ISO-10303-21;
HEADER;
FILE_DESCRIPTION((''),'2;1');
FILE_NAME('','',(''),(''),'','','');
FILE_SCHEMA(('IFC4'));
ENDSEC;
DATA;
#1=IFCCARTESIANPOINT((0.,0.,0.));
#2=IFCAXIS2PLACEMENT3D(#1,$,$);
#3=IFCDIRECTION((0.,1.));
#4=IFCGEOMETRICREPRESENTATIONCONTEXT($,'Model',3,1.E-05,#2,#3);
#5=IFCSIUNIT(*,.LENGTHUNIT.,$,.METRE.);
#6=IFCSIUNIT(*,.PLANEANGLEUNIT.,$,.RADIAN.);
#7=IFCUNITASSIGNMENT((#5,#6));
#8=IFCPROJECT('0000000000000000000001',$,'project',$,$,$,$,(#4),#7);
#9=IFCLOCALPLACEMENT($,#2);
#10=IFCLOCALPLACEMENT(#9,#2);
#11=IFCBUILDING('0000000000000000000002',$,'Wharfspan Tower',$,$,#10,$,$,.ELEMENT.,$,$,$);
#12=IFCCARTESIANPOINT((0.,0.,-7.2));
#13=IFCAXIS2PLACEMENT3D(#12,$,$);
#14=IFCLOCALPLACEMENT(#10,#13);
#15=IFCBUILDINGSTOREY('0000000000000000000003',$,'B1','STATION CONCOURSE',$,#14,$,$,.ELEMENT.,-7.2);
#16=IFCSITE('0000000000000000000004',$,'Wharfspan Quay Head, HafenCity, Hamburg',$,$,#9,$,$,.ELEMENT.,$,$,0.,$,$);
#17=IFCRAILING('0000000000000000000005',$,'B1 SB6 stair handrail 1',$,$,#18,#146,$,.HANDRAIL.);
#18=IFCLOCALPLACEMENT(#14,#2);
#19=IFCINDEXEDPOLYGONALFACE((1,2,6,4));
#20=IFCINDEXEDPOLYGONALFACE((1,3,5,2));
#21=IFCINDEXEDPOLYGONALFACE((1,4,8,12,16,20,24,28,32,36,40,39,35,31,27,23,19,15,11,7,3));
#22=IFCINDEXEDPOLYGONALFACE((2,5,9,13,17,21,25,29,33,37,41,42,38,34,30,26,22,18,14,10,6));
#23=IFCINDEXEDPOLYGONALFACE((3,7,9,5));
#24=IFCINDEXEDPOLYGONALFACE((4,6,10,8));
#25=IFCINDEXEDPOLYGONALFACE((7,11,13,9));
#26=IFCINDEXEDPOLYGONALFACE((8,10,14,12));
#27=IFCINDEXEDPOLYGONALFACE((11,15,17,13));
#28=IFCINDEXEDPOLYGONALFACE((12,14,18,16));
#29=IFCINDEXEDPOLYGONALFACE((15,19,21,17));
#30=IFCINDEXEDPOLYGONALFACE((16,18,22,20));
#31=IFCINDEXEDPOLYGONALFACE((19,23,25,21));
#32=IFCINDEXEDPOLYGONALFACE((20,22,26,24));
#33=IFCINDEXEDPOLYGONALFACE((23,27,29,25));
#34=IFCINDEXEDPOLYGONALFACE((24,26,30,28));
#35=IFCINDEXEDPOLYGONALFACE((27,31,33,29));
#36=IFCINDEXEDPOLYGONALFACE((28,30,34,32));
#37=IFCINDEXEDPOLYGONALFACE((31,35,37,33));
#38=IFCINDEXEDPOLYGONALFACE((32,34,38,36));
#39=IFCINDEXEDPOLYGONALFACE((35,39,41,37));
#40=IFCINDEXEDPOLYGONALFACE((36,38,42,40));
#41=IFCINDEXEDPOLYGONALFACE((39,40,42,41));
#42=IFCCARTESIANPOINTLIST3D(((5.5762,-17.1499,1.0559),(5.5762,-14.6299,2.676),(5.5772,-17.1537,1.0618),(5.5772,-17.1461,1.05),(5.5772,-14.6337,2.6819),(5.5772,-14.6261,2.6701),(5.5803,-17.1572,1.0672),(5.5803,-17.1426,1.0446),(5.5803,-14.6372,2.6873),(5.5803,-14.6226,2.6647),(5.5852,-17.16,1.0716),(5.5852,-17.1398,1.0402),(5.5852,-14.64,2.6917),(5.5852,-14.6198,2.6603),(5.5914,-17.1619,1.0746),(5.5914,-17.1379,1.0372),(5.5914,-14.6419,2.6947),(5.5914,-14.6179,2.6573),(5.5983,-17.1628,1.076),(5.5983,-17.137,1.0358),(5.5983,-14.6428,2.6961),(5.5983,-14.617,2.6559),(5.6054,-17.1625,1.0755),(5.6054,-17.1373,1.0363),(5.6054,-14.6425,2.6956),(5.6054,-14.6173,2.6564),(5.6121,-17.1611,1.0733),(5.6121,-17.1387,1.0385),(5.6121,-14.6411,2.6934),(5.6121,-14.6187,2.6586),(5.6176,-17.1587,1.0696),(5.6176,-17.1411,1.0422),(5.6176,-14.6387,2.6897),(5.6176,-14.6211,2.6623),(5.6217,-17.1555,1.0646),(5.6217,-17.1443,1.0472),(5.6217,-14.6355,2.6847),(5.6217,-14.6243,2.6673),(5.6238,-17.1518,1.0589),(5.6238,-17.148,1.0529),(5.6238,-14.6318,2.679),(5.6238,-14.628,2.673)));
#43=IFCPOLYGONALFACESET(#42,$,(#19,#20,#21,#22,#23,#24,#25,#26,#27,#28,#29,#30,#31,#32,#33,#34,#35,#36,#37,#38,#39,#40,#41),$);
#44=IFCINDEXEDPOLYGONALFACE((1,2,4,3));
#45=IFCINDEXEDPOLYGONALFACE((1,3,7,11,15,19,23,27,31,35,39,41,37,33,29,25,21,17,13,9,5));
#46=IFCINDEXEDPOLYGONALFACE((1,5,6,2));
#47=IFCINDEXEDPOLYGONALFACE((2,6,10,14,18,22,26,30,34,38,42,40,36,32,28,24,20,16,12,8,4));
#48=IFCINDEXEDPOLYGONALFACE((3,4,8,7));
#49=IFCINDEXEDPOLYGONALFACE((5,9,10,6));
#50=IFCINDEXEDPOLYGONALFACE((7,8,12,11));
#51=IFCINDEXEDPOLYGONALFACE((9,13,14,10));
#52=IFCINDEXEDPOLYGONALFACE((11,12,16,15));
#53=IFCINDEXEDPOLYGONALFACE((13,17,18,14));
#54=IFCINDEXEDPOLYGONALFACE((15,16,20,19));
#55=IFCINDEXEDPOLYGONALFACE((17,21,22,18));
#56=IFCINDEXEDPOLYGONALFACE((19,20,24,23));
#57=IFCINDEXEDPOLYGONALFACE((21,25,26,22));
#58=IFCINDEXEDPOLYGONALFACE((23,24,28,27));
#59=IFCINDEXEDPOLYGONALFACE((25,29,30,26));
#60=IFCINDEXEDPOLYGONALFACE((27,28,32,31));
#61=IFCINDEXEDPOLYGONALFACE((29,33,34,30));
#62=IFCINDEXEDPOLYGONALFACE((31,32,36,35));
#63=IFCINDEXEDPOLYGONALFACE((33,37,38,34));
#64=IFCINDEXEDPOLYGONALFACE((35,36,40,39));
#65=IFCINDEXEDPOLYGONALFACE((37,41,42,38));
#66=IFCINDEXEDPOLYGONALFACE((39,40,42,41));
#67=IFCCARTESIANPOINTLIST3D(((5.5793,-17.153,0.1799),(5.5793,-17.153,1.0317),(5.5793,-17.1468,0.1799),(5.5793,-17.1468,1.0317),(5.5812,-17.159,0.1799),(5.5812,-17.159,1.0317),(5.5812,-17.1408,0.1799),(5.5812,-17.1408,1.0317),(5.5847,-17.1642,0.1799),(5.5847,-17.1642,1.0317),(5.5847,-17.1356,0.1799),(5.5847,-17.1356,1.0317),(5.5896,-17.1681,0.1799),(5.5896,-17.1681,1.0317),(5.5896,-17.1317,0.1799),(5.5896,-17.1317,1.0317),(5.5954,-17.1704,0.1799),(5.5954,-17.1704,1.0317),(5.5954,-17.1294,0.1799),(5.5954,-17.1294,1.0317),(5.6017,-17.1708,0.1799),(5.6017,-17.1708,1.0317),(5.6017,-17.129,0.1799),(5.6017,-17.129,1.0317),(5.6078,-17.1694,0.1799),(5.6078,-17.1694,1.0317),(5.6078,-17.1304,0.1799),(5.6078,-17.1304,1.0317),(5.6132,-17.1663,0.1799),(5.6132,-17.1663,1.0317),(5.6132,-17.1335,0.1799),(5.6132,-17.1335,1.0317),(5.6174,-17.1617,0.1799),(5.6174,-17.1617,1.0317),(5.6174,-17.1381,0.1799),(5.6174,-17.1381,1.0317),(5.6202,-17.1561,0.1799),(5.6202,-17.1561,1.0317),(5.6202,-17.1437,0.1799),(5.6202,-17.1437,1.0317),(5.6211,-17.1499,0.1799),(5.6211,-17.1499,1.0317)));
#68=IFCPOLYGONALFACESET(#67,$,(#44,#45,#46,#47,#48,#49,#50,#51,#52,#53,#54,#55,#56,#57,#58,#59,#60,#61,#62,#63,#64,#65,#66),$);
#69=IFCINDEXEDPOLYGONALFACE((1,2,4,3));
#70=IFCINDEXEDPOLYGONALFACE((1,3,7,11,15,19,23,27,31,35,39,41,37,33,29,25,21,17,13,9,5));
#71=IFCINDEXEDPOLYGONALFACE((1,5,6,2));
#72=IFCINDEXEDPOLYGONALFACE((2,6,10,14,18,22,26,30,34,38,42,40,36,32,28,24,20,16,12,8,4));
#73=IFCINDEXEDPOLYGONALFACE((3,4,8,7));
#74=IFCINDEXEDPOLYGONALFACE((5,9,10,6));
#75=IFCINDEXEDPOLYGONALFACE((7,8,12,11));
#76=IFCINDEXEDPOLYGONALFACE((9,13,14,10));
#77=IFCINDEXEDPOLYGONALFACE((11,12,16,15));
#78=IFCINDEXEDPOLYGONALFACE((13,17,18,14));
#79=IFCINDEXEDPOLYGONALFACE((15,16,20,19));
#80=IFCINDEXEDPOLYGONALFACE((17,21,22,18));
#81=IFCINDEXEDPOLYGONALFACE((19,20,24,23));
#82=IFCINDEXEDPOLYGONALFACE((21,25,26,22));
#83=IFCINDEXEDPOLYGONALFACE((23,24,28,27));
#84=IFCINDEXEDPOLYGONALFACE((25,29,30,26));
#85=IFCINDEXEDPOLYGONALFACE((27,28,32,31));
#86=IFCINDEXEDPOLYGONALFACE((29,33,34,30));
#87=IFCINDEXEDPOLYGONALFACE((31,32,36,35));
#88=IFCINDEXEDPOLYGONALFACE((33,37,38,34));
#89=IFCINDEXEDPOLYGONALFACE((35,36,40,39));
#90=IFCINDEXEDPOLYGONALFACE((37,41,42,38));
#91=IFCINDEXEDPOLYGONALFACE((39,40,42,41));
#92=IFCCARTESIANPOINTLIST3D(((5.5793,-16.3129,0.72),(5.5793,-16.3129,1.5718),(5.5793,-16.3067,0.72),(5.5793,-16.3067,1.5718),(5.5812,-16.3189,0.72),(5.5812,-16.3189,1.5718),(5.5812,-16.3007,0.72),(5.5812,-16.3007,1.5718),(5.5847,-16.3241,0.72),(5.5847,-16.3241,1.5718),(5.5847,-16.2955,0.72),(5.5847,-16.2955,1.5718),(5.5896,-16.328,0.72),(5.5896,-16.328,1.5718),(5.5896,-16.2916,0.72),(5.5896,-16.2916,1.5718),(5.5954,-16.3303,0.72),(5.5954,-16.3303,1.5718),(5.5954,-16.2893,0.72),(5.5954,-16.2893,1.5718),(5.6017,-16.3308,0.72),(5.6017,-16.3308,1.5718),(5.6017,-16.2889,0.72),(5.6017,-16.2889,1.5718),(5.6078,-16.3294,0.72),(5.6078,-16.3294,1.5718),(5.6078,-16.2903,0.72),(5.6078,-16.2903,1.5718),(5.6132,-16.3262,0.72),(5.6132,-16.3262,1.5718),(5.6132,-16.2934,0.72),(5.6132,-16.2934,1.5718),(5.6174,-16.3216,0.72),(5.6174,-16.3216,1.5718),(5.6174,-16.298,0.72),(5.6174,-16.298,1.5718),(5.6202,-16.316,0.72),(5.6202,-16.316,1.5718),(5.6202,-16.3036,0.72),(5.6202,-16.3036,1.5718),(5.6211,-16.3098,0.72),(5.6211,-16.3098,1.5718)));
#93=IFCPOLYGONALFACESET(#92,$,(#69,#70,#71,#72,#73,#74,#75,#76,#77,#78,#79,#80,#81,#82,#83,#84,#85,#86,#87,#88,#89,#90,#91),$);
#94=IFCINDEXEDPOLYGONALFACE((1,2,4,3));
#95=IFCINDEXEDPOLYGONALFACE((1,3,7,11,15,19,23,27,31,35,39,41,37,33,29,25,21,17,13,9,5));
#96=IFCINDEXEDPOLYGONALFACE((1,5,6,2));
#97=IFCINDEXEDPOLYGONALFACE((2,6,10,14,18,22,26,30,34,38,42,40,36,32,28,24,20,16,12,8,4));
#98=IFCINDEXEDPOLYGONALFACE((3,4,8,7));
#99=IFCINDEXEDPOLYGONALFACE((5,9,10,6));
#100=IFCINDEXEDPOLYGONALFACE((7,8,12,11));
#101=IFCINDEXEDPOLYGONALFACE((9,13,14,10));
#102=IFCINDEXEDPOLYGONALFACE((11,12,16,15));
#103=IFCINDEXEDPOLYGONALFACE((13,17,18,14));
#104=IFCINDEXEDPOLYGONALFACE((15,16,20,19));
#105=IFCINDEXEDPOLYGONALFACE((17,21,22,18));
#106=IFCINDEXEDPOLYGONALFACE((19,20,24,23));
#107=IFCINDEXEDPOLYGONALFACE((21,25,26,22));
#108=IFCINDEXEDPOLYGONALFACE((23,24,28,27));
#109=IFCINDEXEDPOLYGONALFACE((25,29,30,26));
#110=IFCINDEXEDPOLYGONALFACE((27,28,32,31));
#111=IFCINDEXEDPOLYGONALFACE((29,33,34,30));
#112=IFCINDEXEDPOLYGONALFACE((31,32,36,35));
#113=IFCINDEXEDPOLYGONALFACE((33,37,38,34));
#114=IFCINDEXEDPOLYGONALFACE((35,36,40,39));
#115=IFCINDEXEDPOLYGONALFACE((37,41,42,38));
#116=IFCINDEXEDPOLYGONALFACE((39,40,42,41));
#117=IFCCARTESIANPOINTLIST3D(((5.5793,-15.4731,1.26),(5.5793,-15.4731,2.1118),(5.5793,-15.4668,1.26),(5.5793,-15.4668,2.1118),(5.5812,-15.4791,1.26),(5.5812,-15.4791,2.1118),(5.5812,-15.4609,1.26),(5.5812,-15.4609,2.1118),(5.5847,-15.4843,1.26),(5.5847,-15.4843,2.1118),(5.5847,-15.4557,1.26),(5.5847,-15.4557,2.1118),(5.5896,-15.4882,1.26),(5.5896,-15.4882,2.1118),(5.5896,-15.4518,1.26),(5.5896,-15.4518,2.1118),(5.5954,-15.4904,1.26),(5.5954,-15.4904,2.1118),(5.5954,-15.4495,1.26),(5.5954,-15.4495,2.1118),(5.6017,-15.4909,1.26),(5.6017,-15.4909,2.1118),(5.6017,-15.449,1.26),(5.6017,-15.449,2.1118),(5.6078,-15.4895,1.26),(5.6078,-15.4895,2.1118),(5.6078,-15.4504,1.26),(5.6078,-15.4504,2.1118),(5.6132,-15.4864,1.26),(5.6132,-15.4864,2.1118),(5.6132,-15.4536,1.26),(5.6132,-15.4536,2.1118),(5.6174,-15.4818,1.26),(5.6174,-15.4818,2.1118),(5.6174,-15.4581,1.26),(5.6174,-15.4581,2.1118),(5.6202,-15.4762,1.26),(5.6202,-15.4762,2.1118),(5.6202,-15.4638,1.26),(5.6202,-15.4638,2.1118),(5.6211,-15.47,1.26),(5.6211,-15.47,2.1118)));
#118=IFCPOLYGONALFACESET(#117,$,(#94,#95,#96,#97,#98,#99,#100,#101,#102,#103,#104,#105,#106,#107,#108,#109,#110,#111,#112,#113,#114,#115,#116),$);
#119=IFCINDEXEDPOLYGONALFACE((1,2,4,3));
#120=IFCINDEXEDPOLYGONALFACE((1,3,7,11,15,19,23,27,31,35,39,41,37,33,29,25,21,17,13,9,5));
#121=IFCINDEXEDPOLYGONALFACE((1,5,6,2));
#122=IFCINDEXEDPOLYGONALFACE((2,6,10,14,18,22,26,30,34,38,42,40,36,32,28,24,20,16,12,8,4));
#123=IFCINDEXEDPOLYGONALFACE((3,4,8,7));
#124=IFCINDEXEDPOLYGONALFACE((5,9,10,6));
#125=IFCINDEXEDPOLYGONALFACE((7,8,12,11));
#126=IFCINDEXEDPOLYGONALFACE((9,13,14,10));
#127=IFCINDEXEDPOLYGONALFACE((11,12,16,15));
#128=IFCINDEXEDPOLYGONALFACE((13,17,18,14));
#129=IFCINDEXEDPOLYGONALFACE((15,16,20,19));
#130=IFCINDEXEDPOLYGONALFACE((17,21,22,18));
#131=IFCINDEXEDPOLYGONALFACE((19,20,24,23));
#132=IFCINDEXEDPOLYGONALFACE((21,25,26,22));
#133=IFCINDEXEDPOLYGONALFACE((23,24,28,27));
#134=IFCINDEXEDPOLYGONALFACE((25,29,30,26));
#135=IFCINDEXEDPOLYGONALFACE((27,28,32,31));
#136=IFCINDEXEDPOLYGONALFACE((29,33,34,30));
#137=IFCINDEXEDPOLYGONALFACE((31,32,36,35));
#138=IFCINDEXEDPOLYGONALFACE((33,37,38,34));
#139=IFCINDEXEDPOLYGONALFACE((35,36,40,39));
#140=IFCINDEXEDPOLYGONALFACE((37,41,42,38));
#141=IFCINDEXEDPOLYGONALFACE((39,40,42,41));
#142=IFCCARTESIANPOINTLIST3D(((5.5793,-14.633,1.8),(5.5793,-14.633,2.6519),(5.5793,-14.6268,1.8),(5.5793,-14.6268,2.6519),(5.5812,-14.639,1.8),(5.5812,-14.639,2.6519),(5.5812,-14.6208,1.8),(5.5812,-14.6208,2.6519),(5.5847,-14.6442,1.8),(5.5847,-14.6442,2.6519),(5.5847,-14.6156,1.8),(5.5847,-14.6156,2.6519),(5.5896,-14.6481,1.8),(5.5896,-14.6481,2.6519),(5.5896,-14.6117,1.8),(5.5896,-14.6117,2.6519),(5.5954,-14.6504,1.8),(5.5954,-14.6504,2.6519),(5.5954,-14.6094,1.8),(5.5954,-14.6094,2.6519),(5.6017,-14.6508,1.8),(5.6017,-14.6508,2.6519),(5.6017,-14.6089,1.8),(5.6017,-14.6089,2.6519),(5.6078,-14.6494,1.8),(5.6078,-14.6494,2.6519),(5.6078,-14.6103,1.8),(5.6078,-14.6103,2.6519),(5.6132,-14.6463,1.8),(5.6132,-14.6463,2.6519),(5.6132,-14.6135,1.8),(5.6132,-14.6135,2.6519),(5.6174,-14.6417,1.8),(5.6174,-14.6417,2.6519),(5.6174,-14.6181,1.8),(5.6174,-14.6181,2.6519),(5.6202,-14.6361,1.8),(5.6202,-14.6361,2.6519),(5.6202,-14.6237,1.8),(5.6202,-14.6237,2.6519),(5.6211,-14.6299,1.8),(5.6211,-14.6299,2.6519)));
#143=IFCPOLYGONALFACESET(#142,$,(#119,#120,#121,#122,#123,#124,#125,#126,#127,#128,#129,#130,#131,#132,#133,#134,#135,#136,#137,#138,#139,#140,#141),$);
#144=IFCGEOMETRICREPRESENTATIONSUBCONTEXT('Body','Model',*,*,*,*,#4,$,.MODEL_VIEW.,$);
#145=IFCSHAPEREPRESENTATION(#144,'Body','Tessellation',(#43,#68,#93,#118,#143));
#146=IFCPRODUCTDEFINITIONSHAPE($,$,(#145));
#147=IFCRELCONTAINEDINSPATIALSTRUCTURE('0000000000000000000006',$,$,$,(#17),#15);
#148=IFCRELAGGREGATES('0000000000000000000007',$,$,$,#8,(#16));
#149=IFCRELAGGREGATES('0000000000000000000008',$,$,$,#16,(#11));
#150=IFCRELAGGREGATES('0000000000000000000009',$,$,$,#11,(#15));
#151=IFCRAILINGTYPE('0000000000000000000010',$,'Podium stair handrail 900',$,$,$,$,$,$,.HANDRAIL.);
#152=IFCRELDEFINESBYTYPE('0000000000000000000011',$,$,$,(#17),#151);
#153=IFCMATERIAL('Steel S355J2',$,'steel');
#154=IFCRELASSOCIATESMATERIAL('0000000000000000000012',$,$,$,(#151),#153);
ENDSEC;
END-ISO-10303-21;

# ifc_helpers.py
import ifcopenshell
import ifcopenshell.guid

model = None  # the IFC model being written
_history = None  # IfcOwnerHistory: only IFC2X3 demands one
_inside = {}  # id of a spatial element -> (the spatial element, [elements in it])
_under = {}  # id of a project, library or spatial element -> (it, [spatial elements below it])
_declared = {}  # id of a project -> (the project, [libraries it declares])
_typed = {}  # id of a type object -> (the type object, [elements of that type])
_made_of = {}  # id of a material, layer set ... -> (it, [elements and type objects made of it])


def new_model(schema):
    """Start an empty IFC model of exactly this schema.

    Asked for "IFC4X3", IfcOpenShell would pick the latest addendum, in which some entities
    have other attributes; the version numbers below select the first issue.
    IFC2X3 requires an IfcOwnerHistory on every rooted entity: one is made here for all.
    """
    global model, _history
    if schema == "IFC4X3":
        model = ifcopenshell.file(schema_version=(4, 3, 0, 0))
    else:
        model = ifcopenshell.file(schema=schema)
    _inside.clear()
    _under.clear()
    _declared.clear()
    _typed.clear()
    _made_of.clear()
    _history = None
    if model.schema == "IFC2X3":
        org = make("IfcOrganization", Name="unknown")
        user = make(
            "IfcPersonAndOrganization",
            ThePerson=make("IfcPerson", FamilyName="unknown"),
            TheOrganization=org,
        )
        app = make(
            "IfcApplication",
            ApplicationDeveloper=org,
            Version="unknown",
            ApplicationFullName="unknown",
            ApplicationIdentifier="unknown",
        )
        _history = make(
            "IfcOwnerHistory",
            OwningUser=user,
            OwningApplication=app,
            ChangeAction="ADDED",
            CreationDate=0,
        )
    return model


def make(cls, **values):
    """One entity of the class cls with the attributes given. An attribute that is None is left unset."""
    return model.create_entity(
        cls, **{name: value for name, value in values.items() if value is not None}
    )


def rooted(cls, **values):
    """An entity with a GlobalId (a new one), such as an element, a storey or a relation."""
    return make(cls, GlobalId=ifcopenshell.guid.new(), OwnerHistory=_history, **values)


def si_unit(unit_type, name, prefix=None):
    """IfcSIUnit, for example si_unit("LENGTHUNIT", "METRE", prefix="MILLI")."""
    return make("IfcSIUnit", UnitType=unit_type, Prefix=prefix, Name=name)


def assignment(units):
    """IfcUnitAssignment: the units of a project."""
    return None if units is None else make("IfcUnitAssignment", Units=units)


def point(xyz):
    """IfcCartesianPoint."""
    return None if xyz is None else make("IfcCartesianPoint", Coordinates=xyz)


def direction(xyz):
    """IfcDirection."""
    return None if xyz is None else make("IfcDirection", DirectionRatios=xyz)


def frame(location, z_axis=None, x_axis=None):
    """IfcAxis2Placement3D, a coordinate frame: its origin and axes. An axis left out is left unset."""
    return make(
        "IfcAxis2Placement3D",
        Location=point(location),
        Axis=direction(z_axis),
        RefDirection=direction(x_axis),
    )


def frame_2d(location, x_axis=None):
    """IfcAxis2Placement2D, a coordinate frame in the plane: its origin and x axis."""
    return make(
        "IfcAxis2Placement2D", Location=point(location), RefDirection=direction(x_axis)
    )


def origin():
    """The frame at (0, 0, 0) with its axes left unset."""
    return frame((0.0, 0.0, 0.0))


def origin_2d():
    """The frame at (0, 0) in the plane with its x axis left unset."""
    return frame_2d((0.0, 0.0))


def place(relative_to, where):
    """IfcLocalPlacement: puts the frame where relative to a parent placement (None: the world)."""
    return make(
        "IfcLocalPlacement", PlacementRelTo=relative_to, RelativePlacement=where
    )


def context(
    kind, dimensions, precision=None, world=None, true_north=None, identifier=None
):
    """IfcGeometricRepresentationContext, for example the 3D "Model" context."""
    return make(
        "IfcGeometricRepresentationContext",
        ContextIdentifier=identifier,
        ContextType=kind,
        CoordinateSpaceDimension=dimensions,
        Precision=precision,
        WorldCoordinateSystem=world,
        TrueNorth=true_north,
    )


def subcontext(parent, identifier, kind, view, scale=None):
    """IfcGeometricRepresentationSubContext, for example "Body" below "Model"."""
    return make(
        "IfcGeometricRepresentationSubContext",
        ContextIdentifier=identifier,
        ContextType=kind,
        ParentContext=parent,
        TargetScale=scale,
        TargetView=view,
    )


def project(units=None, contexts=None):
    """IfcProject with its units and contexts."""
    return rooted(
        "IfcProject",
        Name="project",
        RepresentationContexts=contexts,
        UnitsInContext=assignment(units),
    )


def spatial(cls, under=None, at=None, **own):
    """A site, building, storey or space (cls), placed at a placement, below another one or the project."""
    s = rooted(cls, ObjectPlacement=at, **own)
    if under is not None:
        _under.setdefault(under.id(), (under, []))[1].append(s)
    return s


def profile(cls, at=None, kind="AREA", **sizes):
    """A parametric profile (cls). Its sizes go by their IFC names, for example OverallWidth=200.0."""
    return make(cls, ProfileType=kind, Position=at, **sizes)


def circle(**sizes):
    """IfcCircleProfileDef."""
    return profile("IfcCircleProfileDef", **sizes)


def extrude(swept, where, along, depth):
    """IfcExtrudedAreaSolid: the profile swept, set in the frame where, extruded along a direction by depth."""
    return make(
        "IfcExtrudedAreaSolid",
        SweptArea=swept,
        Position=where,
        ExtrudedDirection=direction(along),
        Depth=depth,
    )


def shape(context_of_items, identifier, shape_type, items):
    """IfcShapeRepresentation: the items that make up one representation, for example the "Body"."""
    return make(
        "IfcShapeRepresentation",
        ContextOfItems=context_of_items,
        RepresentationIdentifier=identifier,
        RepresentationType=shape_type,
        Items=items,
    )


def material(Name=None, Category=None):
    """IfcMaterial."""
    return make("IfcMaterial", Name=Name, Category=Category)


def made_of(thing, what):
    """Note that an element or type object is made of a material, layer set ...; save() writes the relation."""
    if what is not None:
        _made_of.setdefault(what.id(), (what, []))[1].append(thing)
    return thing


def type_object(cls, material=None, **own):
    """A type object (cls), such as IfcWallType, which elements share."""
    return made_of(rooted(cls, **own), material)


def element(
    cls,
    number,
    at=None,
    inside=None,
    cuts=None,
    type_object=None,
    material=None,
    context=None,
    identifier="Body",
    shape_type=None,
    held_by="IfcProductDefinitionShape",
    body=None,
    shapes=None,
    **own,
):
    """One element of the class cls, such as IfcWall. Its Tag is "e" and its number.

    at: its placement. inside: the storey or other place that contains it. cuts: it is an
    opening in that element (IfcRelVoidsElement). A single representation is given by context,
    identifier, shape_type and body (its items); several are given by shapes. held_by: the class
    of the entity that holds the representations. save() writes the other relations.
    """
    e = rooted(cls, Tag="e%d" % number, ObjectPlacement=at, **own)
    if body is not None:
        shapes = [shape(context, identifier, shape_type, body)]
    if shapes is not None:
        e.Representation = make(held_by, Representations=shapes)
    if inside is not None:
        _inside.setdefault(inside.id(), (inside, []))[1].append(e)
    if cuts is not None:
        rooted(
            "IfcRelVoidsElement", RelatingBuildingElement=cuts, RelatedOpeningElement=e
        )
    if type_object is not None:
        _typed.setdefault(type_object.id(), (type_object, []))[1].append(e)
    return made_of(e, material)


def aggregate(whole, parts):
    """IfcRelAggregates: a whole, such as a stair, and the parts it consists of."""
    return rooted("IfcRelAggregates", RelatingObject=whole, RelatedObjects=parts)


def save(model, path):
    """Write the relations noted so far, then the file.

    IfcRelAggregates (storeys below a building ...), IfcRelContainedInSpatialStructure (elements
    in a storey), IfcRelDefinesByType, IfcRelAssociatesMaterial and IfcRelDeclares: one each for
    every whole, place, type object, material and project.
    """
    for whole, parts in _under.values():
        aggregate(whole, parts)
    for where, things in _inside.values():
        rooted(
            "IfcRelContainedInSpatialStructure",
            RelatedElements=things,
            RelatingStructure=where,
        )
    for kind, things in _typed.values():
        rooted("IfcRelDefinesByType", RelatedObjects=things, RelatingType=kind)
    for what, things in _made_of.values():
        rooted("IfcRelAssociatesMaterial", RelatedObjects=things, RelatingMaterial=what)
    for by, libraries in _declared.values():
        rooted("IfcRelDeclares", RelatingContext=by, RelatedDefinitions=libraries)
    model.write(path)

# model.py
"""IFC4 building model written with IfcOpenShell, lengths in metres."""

from ifc_helpers import new_model, si_unit, direction, frame, origin, origin_2d, place, context, subcontext, project, spatial, circle, extrude, material, type_object, element, save


model = new_model("IFC4")

# Units and contexts
model_context = context("Model", 3, precision=1e-05, world=origin(), true_north=direction((0.0, 1.0)))
body_context = subcontext(model_context, "Body", "Model", "MODEL_VIEW")
ifc_project = project(units=[si_unit("LENGTHUNIT", "METRE"), si_unit("PLANEANGLEUNIT", "RADIAN")], contexts=[model_context])

# Site, building, storey
site_placement = place(None, origin())
site = spatial("IfcSite", under=ifc_project, at=site_placement, Name="Wharfspan Quay Head, HafenCity, Hamburg", CompositionType="ELEMENT", RefElevation=0.0)
building_placement = place(site_placement, origin())
building = spatial("IfcBuilding", under=site, at=building_placement, Name="Wharfspan Tower", CompositionType="ELEMENT")
storey_placement = place(building_placement, frame((0.0, 0.0, -7.2)))
storey = spatial("IfcBuildingStorey", under=building, at=storey_placement, Name="B1", Description="STATION CONCOURSE", CompositionType="ELEMENT", Elevation=-7.2)

# Railing
ifc_material_1 = material(Name="Steel S355J2", Category="steel")
railing_type = type_object("IfcRailingType", Name="Podium stair handrail 900", PredefinedType="HANDRAIL", material=ifc_material_1)
railing_1_placement = place(storey_placement, frame((5.6001, -17.1499, 0.1799)))
element("IfcRailing", 1, at=railing_1_placement, inside=storey, type_object=railing_type, Name="B1 SB6 stair handrail 1", PredefinedType="HANDRAIL", context=body_context, shape_type="SweptSolid", body=[
    extrude(circle(Radius=0.0239, at=origin_2d()), frame((0.0, 0.0, 0.876), z_axis=(0.0, 0.841163, 0.540782), x_axis=(-1.0, 0.0, 0.0)), (0.0, 0.0, 1.0), 2.9958),
    extrude(circle(Radius=0.021, at=origin_2d()), origin(), (0.0, 0.0, 1.0), 0.8518),
    extrude(circle(Radius=0.021, at=origin_2d()), frame((0.0, 0.8401, 0.54)), (0.0, 0.0, 1.0), 0.8518),
    extrude(circle(Radius=0.021, at=origin_2d()), frame((0.0, 1.6799, 1.0801)), (0.0, 0.0, 1.0), 0.8518),
    extrude(circle(Radius=0.021, at=origin_2d()), frame((0.0, 2.52, 1.6201)), (0.0, 0.0, 1.0), 0.8518),
])

save(model, "model.ifc")
